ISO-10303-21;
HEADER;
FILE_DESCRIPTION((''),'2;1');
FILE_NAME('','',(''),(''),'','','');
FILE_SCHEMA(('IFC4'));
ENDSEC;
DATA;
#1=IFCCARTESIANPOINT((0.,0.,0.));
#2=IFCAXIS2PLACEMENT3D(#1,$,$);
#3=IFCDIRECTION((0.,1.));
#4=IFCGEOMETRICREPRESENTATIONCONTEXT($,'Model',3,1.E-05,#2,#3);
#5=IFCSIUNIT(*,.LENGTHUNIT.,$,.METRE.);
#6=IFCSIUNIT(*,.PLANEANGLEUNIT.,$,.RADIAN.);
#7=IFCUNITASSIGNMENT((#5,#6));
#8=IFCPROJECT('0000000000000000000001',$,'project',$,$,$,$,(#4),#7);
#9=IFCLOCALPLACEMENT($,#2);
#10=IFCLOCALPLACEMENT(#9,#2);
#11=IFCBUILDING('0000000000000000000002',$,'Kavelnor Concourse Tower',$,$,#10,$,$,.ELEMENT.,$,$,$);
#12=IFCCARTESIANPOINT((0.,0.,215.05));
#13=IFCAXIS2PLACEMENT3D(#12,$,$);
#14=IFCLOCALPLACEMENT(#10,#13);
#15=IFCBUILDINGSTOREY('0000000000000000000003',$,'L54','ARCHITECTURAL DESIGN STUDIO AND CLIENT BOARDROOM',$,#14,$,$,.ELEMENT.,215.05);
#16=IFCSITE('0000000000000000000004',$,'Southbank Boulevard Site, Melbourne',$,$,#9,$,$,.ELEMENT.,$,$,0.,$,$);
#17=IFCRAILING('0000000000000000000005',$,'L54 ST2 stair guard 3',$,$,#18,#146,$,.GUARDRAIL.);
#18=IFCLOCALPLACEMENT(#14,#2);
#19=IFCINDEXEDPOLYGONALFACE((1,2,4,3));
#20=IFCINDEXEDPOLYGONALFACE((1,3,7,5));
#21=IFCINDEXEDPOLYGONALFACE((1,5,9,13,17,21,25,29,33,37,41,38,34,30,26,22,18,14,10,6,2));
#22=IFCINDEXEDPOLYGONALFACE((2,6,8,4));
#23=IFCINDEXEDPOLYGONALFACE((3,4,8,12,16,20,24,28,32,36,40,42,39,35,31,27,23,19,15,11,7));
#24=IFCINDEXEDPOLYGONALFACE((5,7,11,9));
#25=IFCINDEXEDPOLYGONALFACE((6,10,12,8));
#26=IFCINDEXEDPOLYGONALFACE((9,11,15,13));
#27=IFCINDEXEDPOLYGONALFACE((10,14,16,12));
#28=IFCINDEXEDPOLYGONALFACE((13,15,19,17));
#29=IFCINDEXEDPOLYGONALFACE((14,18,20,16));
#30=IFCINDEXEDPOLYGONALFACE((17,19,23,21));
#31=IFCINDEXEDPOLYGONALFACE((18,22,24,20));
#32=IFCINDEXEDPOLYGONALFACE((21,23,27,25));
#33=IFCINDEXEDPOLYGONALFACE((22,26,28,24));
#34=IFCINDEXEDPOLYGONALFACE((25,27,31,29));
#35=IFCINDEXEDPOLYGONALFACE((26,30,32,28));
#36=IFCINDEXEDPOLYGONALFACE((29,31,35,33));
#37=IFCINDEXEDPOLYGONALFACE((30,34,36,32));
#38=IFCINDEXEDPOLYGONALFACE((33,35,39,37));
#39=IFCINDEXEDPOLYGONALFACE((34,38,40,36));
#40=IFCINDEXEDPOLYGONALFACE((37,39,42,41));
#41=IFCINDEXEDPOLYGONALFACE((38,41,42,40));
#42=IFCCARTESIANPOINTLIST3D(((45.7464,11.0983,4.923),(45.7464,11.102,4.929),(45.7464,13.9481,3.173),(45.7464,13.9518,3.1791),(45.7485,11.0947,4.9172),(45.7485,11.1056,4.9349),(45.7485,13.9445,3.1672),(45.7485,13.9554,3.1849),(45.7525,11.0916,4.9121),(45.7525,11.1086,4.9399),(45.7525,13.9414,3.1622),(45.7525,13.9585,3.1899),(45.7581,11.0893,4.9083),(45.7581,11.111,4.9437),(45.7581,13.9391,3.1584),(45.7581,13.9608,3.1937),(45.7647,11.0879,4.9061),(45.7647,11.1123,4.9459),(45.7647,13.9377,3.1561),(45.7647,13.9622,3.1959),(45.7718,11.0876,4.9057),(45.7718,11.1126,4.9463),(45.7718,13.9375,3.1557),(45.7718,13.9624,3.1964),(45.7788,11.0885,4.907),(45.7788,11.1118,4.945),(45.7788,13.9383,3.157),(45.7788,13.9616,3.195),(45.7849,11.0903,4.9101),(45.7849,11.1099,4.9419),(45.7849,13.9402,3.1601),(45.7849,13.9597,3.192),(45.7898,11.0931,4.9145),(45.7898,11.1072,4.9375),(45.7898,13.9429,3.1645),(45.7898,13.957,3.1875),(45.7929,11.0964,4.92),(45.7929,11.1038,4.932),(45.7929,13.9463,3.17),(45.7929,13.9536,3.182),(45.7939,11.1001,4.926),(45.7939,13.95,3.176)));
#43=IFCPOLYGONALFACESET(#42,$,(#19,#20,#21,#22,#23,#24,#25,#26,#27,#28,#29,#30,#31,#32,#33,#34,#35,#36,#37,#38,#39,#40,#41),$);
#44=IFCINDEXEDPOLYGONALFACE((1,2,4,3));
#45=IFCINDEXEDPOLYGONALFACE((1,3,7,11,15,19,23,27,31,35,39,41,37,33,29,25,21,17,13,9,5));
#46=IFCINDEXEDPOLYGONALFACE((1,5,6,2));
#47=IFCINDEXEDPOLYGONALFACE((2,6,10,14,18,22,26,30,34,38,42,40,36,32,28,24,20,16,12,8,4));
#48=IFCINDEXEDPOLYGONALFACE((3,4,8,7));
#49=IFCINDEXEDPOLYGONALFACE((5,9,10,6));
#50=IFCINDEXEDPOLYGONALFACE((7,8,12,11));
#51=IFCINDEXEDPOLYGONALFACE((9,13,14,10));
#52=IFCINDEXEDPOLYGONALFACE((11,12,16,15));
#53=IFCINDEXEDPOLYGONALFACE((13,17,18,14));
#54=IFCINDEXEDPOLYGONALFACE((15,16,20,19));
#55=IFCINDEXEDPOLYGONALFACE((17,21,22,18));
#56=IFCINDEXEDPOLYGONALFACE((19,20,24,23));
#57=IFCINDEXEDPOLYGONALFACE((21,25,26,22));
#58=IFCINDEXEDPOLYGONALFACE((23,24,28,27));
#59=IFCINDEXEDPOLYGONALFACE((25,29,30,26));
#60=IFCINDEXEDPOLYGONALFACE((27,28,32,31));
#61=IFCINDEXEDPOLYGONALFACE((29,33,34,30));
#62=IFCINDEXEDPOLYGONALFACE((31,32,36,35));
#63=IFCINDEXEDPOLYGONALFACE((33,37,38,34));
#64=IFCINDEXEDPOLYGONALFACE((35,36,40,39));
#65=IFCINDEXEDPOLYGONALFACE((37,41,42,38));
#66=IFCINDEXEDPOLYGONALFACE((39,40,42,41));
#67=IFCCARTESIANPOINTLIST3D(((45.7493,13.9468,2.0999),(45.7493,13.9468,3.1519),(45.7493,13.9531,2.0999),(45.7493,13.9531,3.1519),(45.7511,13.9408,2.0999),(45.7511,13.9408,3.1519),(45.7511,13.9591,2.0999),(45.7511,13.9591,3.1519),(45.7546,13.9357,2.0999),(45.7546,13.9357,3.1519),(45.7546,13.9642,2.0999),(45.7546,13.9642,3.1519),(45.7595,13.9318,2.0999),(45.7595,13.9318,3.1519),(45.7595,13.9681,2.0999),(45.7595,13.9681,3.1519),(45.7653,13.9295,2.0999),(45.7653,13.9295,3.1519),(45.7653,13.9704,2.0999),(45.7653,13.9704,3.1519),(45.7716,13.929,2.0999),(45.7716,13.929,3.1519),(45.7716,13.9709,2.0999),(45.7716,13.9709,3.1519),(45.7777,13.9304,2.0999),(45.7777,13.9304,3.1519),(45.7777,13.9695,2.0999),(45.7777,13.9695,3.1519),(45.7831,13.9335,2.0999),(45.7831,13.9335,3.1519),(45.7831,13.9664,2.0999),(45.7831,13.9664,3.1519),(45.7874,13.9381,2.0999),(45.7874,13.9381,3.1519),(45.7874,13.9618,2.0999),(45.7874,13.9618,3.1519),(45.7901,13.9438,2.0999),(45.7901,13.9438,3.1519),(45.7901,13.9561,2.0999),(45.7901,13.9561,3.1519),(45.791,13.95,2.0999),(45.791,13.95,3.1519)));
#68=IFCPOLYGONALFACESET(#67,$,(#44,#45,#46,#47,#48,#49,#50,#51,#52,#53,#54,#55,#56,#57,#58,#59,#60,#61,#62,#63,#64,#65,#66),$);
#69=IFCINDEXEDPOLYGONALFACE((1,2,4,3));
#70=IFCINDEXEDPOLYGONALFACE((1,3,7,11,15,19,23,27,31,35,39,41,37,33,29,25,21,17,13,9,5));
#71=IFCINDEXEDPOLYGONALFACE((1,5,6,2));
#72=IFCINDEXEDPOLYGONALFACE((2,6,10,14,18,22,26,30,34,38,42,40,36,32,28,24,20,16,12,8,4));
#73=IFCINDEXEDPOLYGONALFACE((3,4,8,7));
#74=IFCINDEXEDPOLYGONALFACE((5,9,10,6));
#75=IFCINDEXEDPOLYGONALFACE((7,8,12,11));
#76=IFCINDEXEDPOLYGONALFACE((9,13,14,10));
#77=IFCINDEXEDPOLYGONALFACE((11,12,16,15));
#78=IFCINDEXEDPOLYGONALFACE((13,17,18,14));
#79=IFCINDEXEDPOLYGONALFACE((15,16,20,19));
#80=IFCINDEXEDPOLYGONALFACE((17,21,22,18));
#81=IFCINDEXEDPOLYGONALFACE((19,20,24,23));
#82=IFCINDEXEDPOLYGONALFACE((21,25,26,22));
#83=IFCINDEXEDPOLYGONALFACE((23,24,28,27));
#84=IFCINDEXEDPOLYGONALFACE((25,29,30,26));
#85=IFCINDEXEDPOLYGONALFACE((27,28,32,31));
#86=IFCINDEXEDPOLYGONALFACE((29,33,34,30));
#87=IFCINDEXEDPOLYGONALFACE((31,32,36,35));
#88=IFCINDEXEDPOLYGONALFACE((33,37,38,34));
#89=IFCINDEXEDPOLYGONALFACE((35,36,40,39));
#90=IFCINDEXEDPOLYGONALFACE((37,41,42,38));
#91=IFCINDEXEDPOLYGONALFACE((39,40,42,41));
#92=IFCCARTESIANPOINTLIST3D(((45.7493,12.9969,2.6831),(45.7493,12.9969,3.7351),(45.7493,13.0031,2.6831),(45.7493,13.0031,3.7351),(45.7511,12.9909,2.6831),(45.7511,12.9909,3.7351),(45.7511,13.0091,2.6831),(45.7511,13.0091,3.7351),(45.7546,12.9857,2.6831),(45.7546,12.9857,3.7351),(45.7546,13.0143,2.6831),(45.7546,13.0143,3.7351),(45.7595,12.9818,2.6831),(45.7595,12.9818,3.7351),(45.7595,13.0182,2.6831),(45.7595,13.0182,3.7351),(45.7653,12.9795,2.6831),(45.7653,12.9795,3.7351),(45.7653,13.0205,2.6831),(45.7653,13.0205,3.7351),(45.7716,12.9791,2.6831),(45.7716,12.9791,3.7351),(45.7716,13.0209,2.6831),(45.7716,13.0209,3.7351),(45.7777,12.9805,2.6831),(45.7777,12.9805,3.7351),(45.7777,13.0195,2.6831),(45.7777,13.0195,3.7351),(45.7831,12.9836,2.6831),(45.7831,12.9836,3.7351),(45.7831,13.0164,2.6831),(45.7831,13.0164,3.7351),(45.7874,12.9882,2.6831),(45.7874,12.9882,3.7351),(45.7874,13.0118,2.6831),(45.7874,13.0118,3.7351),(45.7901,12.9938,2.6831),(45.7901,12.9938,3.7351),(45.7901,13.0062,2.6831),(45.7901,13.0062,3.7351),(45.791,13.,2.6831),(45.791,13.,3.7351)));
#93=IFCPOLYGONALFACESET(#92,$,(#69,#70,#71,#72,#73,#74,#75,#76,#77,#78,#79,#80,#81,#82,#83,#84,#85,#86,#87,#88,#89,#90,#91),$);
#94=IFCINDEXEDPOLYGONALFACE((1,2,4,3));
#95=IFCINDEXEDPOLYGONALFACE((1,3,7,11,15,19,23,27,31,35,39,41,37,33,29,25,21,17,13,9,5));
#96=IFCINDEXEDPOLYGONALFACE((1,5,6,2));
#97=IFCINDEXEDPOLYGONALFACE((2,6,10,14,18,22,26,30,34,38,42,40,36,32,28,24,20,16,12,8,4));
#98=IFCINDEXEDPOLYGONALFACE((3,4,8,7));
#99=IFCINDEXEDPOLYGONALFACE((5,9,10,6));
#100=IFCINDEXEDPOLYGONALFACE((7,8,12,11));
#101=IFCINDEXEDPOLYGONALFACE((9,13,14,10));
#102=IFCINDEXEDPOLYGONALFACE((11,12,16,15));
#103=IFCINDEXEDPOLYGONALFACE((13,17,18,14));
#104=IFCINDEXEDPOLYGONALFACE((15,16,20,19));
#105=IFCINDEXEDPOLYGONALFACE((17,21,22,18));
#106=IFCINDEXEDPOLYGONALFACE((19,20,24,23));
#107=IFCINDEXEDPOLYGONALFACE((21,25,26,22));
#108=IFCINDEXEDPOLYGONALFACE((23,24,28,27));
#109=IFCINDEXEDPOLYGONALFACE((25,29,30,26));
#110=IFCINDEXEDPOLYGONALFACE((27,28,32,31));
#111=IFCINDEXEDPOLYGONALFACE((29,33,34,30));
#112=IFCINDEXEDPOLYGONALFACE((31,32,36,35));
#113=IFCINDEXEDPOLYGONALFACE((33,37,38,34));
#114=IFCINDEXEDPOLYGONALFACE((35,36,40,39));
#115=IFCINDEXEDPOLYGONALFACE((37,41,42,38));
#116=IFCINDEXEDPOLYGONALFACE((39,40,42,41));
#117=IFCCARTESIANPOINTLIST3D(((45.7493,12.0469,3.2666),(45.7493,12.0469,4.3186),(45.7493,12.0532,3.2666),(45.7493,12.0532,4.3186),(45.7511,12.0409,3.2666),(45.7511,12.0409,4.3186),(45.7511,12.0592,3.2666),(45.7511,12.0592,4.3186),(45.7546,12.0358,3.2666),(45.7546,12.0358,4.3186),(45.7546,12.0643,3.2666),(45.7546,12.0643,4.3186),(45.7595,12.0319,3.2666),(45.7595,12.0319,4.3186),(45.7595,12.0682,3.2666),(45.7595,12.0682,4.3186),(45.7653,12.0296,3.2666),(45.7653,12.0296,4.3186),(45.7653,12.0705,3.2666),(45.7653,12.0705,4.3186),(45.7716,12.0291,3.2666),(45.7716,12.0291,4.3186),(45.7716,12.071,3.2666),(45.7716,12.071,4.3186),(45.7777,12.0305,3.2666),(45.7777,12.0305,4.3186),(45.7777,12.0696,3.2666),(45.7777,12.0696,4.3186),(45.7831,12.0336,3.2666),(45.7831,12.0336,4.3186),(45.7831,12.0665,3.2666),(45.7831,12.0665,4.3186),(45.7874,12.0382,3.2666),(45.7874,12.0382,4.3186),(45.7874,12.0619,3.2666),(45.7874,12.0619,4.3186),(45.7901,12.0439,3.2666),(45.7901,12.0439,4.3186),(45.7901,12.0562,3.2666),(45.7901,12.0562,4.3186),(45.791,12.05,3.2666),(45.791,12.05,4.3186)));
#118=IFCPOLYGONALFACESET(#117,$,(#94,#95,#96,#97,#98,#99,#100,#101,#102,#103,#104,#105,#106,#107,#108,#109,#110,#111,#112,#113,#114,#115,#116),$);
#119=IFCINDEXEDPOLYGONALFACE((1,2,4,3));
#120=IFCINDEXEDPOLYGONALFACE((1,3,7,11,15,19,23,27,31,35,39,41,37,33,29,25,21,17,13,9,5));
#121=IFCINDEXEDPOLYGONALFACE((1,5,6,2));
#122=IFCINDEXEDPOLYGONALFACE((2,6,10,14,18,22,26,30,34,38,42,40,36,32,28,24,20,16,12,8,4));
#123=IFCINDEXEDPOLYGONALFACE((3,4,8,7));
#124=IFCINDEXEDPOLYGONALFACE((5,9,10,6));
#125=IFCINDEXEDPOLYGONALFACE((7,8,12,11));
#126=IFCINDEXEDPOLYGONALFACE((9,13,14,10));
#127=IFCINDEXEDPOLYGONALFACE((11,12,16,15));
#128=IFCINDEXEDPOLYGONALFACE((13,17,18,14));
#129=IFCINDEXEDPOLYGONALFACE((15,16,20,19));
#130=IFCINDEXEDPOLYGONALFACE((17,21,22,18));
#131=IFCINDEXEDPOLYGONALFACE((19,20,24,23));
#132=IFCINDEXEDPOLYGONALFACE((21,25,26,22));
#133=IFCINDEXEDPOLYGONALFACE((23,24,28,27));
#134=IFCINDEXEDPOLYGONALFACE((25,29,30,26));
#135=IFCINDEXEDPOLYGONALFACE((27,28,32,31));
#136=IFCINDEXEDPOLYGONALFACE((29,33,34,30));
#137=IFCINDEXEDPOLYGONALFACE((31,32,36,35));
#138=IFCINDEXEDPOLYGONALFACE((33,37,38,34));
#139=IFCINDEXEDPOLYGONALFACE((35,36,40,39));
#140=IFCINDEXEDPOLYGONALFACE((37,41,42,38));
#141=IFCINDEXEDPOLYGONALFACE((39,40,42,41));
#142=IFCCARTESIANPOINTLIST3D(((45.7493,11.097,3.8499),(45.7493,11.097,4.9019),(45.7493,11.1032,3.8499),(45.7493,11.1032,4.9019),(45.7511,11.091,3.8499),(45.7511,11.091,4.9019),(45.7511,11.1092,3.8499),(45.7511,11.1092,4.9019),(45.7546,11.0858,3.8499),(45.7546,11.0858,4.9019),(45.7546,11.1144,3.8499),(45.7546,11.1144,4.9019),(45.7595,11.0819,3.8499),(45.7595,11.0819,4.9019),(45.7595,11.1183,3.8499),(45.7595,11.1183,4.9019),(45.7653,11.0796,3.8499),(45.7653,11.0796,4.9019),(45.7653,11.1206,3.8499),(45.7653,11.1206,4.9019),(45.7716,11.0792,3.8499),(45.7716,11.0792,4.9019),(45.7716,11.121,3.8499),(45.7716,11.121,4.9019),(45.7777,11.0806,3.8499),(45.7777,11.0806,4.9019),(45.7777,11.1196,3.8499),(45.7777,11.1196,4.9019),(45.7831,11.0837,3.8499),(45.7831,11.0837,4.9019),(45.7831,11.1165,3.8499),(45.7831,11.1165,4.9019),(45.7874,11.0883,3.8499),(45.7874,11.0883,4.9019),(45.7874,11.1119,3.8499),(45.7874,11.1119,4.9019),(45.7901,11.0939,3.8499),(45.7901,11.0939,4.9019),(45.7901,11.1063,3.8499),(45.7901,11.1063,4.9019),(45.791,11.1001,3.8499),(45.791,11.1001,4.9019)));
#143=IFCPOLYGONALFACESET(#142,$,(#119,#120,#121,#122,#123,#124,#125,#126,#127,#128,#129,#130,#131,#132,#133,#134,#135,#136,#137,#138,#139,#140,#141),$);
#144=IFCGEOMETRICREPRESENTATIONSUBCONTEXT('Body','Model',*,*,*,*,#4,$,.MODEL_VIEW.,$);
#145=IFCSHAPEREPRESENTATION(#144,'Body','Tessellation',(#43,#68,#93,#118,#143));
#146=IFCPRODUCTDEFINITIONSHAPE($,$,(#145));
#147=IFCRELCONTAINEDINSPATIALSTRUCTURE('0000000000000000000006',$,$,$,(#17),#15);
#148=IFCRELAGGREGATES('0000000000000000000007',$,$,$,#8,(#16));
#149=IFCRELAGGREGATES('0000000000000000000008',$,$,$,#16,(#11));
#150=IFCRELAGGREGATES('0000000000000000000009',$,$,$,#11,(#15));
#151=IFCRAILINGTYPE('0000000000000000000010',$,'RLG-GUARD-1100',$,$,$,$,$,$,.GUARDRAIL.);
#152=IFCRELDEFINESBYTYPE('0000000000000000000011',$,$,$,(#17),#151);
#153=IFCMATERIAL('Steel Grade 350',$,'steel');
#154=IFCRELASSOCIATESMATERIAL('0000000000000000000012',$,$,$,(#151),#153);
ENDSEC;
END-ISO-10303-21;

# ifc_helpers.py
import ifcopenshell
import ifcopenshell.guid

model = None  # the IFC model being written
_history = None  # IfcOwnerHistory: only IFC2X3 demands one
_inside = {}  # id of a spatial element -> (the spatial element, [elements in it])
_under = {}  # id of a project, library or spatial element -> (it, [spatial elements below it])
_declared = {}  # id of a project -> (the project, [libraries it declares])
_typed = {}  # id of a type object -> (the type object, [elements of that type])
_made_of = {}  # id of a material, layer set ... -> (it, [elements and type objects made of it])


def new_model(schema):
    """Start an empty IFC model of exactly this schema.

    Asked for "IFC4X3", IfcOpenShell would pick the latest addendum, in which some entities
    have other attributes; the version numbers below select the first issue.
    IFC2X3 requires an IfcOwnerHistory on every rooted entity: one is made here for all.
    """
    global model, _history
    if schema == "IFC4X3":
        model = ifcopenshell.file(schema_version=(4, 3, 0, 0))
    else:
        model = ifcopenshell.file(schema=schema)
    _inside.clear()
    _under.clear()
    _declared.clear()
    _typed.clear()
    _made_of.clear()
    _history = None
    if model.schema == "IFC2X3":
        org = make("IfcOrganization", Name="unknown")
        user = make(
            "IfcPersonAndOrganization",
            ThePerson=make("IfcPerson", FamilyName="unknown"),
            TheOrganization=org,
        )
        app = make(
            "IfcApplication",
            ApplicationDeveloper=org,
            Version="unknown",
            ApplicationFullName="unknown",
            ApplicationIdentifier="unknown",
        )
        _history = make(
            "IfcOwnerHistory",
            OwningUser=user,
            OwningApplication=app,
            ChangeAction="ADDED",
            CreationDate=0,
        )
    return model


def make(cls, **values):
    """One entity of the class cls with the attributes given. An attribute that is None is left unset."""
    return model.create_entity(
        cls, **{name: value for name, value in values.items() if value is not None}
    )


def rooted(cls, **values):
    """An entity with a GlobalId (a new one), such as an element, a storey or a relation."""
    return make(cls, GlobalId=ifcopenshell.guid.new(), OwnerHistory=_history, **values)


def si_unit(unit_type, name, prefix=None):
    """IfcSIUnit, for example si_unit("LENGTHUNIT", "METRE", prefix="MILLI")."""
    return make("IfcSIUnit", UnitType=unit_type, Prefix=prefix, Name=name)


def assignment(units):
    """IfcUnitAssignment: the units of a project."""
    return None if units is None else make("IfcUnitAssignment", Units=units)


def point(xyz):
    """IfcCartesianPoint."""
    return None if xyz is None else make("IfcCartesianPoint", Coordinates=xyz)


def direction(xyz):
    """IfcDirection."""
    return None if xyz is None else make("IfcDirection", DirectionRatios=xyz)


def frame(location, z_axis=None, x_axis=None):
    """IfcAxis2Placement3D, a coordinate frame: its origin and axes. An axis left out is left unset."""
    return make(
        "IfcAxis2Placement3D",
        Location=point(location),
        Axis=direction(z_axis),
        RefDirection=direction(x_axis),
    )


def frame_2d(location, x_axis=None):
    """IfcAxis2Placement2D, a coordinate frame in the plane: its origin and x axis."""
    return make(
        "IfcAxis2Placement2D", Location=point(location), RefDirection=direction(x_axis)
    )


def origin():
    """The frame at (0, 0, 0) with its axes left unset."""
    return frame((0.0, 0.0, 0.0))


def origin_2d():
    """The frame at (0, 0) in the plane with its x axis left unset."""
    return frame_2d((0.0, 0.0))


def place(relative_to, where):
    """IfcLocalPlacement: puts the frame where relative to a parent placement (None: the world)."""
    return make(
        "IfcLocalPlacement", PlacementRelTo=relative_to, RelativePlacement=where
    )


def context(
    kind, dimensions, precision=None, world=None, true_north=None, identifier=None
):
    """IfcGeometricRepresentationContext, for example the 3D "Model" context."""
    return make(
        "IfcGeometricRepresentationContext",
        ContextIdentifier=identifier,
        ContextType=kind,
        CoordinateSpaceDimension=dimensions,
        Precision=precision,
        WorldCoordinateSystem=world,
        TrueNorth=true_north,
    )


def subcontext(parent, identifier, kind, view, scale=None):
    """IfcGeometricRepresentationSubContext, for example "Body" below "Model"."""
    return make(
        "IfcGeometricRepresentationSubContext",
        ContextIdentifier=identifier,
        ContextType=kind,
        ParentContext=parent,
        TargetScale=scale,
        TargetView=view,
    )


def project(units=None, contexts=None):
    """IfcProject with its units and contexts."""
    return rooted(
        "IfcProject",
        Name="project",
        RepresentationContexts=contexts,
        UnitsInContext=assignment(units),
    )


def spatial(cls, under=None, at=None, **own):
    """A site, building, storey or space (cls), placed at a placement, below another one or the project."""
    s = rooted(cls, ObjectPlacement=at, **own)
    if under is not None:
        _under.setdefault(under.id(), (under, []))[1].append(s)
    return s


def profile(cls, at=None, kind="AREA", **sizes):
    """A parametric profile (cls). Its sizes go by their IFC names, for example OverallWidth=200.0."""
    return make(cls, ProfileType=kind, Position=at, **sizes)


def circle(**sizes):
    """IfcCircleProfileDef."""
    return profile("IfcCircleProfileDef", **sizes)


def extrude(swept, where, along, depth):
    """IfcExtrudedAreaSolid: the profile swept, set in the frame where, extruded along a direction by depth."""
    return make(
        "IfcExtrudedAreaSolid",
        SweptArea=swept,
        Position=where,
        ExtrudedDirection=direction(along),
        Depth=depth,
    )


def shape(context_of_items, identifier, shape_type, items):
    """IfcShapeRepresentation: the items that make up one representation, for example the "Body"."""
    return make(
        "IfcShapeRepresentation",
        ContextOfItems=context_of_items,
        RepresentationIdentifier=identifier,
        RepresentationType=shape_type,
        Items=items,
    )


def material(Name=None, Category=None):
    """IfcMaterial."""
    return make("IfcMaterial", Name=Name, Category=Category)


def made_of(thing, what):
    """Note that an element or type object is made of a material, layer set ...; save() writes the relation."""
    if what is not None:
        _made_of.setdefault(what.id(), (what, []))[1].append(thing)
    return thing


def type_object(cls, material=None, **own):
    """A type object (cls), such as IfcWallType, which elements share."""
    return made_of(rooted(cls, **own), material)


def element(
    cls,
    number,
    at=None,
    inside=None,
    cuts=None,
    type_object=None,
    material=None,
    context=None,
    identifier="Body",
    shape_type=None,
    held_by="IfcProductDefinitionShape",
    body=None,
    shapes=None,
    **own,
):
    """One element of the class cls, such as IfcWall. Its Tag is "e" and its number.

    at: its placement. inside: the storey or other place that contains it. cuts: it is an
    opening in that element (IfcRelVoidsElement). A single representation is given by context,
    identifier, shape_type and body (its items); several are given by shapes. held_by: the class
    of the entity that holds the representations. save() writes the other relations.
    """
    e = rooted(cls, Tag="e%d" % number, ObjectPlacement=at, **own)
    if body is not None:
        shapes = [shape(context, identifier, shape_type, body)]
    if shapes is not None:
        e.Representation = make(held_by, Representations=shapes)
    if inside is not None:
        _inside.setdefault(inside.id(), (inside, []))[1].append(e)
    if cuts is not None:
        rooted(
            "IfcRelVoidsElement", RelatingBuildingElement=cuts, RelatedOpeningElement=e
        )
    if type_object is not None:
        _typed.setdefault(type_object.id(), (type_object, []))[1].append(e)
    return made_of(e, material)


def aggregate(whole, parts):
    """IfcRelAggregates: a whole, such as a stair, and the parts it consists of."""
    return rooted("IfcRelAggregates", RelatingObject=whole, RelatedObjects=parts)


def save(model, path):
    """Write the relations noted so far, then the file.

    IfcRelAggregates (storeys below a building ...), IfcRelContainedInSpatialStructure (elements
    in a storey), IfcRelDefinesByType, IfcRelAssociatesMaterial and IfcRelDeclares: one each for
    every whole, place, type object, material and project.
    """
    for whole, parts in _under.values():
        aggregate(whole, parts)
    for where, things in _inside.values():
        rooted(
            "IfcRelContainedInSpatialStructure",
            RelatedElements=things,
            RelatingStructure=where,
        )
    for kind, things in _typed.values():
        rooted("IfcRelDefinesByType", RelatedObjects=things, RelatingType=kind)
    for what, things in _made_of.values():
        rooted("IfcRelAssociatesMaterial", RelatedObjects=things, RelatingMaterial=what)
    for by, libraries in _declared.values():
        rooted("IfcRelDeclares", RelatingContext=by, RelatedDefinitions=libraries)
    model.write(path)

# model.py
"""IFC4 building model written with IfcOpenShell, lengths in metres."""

from ifc_helpers import new_model, si_unit, direction, frame, origin, origin_2d, place, context, subcontext, project, spatial, circle, extrude, material, type_object, element, save


model = new_model("IFC4")

# Units and contexts
model_context = context("Model", 3, precision=1e-05, world=origin(), true_north=direction((0.0, 1.0)))
body_context = subcontext(model_context, "Body", "Model", "MODEL_VIEW")
ifc_project = project(units=[si_unit("LENGTHUNIT", "METRE"), si_unit("PLANEANGLEUNIT", "RADIAN")], contexts=[model_context])

# Site, building, storey
site_placement = place(None, origin())
site = spatial("IfcSite", under=ifc_project, at=site_placement, Name="Southbank Boulevard Site, Melbourne", CompositionType="ELEMENT", RefElevation=0.0)
building_placement = place(site_placement, origin())
building = spatial("IfcBuilding", under=site, at=building_placement, Name="Kavelnor Concourse Tower", CompositionType="ELEMENT")
storey_placement = place(building_placement, frame((0.0, 0.0, 215.05)))
storey = spatial("IfcBuildingStorey", under=building, at=storey_placement, Name="L54", Description="ARCHITECTURAL DESIGN STUDIO AND CLIENT BOARDROOM", CompositionType="ELEMENT", Elevation=215.05)

# Shared definitions
ifc_material_1 = material(Name="Steel Grade 350", Category="steel")

# Railing
railing_type_1 = type_object("IfcRailingType", Name="RLG-GUARD-1100", PredefinedType="GUARDRAIL", material=ifc_material_1)
railing_1_placement = place(storey_placement, frame((45.77, 13.95, 2.0999)))
element("IfcRailing", 1, at=railing_1_placement, inside=storey, type_object=railing_type_1, Name="L54 ST2 stair guard 3", PredefinedType="GUARDRAIL", context=body_context, shape_type="SweptSolid", body=[
    extrude(circle(Radius=0.0239, at=origin_2d()), frame((0.0, 0.0, 1.0762), z_axis=(0.0, -0.852159, 0.523283), x_axis=(1.0, 0.0, 0.0)), (0.0, 0.0, 1.0), 3.3442),
    extrude(circle(Radius=0.021, at=origin_2d()), origin(), (0.0, 0.0, 1.0), 1.052),
    extrude(circle(Radius=0.021, at=origin_2d()), frame((0.0, -0.95, 0.5833)), (0.0, 0.0, 1.0), 1.052),
    extrude(circle(Radius=0.021, at=origin_2d()), frame((0.0, -1.8999, 1.1667)), (0.0, 0.0, 1.0), 1.052),
    extrude(circle(Radius=0.021, at=origin_2d()), frame((0.0, -2.8499, 1.75)), (0.0, 0.0, 1.0), 1.052),
])

save(model, "model.ifc")
